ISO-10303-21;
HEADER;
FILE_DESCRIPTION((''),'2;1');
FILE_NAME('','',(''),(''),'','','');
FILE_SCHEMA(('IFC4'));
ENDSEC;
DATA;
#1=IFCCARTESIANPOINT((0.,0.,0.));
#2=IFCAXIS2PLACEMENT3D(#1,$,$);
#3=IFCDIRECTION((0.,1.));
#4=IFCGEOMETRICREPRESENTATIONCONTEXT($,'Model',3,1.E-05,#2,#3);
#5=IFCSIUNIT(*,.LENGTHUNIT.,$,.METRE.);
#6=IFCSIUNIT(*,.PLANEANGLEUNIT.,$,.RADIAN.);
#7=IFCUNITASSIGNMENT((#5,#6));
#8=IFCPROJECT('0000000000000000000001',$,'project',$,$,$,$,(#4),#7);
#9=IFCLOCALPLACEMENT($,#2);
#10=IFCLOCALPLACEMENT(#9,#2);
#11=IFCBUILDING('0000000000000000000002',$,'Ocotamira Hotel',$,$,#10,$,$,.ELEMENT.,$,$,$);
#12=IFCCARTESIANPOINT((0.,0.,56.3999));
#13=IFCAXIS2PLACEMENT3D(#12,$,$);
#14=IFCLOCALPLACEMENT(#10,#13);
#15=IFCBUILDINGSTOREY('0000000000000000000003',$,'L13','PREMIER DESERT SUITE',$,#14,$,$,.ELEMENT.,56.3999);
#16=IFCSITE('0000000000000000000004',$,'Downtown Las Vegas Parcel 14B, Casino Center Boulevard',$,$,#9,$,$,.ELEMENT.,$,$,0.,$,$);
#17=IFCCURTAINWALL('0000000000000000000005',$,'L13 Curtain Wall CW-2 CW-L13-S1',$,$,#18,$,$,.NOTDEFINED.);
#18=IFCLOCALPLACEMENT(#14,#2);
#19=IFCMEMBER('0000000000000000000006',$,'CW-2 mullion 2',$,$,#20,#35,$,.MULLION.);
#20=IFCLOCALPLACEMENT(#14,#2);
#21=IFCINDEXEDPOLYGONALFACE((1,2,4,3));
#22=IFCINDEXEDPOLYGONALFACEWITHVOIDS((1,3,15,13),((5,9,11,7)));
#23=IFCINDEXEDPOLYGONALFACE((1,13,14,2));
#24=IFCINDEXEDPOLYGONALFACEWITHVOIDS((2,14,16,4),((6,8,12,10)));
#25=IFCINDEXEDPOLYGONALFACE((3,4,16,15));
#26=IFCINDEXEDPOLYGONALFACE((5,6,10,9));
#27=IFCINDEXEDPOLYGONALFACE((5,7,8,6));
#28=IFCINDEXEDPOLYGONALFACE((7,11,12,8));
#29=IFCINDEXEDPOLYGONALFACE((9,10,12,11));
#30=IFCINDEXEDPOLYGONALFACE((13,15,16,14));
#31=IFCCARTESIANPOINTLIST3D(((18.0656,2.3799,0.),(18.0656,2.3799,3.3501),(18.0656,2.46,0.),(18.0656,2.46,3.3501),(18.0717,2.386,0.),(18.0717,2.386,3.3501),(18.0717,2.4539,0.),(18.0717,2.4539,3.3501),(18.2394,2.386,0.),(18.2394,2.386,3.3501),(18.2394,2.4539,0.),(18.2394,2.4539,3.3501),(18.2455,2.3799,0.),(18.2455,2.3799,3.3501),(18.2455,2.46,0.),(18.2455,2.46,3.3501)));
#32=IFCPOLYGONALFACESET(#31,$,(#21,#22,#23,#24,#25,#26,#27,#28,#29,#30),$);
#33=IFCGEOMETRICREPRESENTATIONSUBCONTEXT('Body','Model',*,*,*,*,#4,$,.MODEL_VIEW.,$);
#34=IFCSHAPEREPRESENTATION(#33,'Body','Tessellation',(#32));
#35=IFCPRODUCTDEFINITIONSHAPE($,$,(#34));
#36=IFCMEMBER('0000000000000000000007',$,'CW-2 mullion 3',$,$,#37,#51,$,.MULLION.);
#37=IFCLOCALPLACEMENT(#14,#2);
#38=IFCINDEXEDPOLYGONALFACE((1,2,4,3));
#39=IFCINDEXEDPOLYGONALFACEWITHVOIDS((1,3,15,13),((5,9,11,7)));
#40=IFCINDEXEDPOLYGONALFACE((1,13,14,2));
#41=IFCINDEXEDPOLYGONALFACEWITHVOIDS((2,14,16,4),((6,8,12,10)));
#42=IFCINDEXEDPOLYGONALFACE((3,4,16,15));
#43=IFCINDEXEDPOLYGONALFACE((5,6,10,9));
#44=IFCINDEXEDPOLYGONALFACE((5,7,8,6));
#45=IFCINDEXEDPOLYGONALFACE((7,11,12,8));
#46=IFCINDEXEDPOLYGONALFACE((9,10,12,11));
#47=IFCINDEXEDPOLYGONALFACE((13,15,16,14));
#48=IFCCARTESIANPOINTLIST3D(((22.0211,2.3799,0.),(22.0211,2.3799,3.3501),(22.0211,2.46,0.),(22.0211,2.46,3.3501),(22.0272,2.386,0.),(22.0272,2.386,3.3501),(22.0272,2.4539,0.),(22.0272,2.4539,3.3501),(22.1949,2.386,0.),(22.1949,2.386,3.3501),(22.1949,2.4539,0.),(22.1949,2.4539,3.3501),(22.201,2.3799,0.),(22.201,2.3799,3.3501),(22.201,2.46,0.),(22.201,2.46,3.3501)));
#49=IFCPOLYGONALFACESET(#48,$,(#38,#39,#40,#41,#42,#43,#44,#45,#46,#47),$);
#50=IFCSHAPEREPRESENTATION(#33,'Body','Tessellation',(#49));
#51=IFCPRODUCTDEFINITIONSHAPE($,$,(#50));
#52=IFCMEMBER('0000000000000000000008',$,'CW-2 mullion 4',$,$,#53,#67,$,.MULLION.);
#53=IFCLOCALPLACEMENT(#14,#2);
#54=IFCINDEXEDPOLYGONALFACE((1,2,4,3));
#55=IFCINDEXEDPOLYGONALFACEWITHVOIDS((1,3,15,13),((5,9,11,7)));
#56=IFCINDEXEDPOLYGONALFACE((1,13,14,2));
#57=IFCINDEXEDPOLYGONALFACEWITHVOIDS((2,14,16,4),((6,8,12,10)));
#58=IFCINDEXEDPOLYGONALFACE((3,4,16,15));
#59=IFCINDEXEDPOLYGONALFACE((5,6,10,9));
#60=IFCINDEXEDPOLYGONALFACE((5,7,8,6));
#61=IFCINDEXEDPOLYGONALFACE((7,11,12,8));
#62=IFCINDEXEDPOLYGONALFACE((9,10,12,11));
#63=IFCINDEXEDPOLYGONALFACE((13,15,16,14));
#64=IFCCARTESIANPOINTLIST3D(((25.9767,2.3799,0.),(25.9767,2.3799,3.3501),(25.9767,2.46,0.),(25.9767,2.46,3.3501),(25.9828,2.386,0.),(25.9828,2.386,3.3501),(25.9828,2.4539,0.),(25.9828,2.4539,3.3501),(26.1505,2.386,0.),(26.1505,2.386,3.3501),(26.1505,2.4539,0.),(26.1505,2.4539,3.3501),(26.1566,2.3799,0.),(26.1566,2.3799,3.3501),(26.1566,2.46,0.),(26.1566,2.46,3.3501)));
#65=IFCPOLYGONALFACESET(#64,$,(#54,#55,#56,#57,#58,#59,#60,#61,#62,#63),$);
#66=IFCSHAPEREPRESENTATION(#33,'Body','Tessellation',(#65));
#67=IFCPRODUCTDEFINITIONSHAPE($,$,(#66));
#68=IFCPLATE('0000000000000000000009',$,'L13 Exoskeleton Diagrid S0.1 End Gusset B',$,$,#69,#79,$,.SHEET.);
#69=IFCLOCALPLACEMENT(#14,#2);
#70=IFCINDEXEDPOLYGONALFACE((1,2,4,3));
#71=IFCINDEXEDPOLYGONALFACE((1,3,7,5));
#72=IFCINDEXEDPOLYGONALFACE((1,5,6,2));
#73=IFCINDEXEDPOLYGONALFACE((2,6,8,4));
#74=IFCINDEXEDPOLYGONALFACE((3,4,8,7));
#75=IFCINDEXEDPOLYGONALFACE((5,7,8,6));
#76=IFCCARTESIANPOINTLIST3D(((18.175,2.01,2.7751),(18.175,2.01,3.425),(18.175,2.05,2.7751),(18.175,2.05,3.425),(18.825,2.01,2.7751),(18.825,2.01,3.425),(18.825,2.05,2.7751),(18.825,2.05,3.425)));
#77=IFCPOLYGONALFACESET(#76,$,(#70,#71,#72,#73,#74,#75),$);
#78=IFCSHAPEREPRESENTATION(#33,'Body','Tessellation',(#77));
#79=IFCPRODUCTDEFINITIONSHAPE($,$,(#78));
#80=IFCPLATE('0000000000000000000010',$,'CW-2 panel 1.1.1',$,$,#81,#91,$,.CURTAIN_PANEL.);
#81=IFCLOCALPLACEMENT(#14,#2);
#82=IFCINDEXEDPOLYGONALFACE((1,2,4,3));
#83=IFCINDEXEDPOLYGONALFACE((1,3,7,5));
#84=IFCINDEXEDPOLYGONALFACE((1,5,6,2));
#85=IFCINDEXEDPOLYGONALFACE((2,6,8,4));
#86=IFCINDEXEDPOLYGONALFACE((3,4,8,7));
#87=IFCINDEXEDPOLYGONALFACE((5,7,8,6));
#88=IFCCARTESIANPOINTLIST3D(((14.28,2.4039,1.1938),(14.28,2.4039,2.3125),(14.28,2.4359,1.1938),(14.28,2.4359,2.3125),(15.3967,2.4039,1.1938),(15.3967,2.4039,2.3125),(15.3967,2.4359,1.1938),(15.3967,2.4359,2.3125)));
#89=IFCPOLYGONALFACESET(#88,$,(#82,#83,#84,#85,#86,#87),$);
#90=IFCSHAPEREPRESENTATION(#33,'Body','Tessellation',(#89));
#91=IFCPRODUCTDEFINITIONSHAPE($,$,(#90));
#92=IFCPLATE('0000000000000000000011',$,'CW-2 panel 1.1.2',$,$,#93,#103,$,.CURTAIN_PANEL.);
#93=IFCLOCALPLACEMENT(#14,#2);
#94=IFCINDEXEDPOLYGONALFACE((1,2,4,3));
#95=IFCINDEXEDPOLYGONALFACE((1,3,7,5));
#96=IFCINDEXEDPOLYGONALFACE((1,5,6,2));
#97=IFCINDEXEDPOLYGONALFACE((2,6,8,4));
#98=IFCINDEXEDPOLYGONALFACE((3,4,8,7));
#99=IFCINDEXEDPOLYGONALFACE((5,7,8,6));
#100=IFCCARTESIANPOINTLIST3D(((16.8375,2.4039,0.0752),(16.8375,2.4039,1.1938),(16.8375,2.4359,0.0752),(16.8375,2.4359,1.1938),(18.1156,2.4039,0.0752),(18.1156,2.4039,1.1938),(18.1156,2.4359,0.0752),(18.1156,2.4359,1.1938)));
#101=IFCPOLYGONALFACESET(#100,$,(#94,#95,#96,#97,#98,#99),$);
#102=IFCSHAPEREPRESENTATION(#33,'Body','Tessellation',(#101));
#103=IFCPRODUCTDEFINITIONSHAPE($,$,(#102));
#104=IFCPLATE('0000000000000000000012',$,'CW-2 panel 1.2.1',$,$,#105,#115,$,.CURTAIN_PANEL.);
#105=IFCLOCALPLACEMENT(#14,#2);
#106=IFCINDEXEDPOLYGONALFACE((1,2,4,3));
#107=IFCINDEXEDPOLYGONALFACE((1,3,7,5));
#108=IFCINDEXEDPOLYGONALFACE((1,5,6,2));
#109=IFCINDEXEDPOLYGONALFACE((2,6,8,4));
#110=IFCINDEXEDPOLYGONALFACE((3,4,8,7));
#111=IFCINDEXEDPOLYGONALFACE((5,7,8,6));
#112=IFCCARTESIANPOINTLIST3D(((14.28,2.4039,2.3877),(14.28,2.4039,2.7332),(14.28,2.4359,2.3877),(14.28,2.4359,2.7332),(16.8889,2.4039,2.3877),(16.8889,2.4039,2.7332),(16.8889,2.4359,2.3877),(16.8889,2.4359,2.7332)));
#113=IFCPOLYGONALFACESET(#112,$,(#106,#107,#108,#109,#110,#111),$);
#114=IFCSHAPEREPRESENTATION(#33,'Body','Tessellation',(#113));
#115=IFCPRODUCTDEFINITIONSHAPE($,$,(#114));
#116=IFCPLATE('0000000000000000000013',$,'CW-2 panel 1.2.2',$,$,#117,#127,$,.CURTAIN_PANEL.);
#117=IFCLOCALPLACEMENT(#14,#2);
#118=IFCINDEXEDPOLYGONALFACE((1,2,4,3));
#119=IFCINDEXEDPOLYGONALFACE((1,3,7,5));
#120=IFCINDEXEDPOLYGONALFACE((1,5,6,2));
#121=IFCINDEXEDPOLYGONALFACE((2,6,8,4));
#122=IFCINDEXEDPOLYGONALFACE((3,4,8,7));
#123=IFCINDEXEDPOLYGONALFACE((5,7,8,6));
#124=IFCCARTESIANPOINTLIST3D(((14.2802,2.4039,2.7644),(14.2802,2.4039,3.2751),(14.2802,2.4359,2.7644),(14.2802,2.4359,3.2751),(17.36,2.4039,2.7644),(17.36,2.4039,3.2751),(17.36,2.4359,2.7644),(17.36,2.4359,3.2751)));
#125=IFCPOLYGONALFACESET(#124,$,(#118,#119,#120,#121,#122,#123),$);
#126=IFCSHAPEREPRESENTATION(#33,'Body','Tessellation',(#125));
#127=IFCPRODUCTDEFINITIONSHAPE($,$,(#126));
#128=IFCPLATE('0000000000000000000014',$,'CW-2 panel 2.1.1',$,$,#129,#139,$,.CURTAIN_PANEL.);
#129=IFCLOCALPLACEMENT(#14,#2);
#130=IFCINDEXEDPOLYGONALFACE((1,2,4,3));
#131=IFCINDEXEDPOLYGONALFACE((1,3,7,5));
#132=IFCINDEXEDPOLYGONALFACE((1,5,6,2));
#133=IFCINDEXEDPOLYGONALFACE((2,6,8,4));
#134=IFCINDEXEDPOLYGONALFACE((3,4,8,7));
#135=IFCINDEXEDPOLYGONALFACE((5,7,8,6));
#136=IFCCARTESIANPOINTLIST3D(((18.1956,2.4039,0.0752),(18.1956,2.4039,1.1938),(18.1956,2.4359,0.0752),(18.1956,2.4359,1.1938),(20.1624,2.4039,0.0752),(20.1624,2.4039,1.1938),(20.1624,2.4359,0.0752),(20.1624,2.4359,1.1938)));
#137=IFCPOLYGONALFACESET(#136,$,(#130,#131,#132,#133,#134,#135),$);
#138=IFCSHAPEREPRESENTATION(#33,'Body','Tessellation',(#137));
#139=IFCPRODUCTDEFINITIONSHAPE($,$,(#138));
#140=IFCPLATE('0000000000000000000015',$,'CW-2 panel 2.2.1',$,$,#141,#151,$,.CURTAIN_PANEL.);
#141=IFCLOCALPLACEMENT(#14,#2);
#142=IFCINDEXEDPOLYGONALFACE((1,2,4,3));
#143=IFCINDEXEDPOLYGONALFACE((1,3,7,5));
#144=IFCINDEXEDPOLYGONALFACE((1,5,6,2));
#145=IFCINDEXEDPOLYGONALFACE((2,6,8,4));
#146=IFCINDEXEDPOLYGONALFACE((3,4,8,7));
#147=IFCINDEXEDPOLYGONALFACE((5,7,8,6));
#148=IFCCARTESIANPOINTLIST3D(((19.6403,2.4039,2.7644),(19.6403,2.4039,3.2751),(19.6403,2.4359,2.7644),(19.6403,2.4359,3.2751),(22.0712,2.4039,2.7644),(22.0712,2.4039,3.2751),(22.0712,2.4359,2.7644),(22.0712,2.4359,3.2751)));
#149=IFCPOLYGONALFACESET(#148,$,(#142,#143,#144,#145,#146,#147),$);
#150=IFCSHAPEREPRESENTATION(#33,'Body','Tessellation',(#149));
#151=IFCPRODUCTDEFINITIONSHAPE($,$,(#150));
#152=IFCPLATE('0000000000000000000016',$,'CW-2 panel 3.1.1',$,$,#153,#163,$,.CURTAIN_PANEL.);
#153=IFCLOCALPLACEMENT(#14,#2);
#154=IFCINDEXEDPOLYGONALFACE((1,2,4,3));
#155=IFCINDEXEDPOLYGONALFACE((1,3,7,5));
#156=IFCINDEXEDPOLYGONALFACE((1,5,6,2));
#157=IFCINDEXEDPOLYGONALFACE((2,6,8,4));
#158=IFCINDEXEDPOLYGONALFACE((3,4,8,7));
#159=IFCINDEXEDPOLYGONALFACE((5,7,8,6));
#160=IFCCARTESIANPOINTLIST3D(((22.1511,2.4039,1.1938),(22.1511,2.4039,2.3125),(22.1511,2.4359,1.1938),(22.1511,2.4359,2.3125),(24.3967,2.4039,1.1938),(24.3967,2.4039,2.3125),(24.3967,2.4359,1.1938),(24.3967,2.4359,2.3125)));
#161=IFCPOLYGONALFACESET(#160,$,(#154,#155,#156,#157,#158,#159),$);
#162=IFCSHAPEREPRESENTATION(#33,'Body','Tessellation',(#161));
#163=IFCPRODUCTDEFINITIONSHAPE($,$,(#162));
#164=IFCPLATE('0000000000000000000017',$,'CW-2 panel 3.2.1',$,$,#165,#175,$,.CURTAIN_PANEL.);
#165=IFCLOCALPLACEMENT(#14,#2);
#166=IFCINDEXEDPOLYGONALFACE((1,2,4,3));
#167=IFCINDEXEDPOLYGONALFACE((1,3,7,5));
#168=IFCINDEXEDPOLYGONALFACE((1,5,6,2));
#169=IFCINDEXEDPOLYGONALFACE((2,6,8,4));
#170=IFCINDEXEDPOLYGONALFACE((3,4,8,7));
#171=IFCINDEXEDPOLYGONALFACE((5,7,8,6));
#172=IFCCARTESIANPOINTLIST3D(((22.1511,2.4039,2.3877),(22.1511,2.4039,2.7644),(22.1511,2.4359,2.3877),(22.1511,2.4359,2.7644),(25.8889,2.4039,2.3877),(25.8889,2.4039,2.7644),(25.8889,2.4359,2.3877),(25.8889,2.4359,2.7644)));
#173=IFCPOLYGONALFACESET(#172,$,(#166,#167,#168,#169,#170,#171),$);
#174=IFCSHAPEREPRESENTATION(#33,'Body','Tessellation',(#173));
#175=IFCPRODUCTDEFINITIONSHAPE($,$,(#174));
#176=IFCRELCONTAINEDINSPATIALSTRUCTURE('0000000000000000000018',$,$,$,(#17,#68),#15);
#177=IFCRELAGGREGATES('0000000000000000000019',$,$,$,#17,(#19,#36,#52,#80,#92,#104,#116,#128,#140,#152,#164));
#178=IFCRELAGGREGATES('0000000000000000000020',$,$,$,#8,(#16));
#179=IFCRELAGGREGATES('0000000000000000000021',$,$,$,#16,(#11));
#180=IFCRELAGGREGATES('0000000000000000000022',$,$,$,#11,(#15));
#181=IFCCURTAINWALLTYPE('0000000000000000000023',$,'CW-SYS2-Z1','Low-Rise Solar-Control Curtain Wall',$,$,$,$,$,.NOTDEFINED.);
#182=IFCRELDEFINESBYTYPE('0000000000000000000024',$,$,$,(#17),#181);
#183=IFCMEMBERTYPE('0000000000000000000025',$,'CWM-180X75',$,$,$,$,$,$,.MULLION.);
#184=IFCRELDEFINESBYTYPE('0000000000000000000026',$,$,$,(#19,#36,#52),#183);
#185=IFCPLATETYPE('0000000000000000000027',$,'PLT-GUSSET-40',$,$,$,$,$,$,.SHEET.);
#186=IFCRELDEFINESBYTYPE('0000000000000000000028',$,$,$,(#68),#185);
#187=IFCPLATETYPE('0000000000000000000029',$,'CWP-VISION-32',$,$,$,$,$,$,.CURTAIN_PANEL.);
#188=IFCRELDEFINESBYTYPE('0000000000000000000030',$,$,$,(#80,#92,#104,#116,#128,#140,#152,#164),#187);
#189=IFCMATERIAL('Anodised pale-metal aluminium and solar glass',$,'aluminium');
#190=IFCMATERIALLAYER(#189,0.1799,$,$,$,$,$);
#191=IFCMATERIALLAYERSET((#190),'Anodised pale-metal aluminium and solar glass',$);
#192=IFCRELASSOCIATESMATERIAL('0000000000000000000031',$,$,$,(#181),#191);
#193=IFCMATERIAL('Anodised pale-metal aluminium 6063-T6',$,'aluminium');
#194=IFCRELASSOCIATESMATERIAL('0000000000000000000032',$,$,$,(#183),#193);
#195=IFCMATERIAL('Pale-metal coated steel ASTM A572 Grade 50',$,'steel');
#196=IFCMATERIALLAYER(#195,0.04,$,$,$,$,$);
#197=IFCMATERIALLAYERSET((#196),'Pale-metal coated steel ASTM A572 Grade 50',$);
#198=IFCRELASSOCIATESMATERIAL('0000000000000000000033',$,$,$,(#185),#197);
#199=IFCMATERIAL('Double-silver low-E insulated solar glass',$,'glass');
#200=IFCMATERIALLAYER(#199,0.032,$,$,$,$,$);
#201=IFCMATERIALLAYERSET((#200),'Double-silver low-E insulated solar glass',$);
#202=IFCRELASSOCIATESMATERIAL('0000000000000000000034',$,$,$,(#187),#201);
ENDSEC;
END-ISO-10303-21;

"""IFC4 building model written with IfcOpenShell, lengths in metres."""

from ifc_helpers import new_model, si_unit, direction, frame, origin, origin_2d, place, context, subcontext, project, spatial, rectangle, hollow_rectangle, extrude, source, transform, mapped, material, layer, layer_set, material_profile, profile_set, type_object, element, aggregate, save


model = new_model("IFC4")

# Units and contexts
model_context = context("Model", 3, precision=1e-05, world=origin(), true_north=direction((0.0, 1.0)))
body_context = subcontext(model_context, "Body", "Model", "MODEL_VIEW")
ifc_project = project(units=[si_unit("LENGTHUNIT", "METRE"), si_unit("PLANEANGLEUNIT", "RADIAN")], contexts=[model_context])

# Site, building, storey
site_placement = place(None, origin())
site = spatial("IfcSite", under=ifc_project, at=site_placement, Name="Downtown Las Vegas Parcel 14B, Casino Center Boulevard", CompositionType="ELEMENT", RefElevation=0.0)
building_placement = place(site_placement, origin())
building = spatial("IfcBuilding", under=site, at=building_placement, Name="Ocotamira Hotel", CompositionType="ELEMENT")
storey_placement = place(building_placement, frame((0.0, 0.0, 56.3999)))
storey = spatial("IfcBuildingStorey", under=building, at=storey_placement, Name="L13", Description="PREMIER DESERT SUITE", CompositionType="ELEMENT", Elevation=56.3999)

# Curtain wall, members
ifc_material_1 = material(Name="Anodised pale-metal aluminium and solar glass", Category="aluminium")
ifc_layer_1 = layer(ifc_material_1, 0.1799)
ifc_layer_set_1 = layer_set([ifc_layer_1], Name="Anodised pale-metal aluminium and solar glass")
curtain_wall_type = type_object("IfcCurtainWallType", Name="CW-SYS2-Z1", Description="Low-Rise Solar-Control Curtain Wall", PredefinedType="NOTDEFINED", material=ifc_layer_set_1)
curtain_wall_placement = place(storey_placement, origin())
curtain_wall = element("IfcCurtainWall", 1, at=curtain_wall_placement, inside=storey, type_object=curtain_wall_type, Name="L13 Curtain Wall CW-2 CW-L13-S1", PredefinedType="NOTDEFINED")
ifc_material_2 = material(Name="Anodised pale-metal aluminium 6063-T6", Category="aluminium")
ifc_material_profile_1 = material_profile(ifc_material_2, hollow_rectangle(XDim=0.0801, YDim=0.1799, WallThickness=0.0061, at=origin_2d()), Name="HSS180X80X6")
ifc_profile_set_1 = profile_set([ifc_material_profile_1], Name="Anodised pale-metal aluminium 6063-T6")
member_type_1 = type_object("IfcMemberType", Name="CWM-180X75", PredefinedType="MULLION", material=ifc_profile_set_1)
shared_shape_1 = source(origin(), body_context, "Body", "SweptSolid", [
    extrude(hollow_rectangle(XDim=0.0801, YDim=0.1799, WallThickness=0.0061, at=origin_2d()), origin(), (0.0, 0.0, 1.0), 3.3501),
])
member_1_placement = place(storey_placement, frame((18.1555, 2.4199, 0.0), z_axis=(0.0, 0.0, 1.0), x_axis=(0.0, 1.0, 0.0)))
member_1 = element("IfcMember", 2, at=member_1_placement, type_object=member_type_1, Name="CW-2 mullion 2", PredefinedType="MULLION", context=body_context, shape_type="MappedRepresentation", body=[
    mapped(shared_shape_1, transform((0.0, 0.0, 0.0), scale=1.0)),
])
member_2_placement = place(storey_placement, frame((22.1111, 2.4199, 0.0), z_axis=(0.0, 0.0, 1.0), x_axis=(0.0, 1.0, 0.0)))
member_2 = element("IfcMember", 3, at=member_2_placement, type_object=member_type_1, Name="CW-2 mullion 3", PredefinedType="MULLION", context=body_context, shape_type="MappedRepresentation", body=[
    mapped(shared_shape_1, transform((0.0, 0.0, 0.0), scale=1.0)),
])
member_3_placement = place(storey_placement, frame((26.0667, 2.4199, 0.0), z_axis=(0.0, 0.0, 1.0), x_axis=(0.0, 1.0, 0.0)))
member_3 = element("IfcMember", 4, at=member_3_placement, type_object=member_type_1, Name="CW-2 mullion 4", PredefinedType="MULLION", context=body_context, shape_type="MappedRepresentation", body=[
    mapped(shared_shape_1, transform((0.0, 0.0, 0.0), scale=1.0)),
])

# Plates
ifc_material_3 = material(Name="Pale-metal coated steel ASTM A572 Grade 50", Category="steel")
ifc_layer_2 = layer(ifc_material_3, 0.04)
ifc_layer_set_2 = layer_set([ifc_layer_2], Name="Pale-metal coated steel ASTM A572 Grade 50")
plate_type_1 = type_object("IfcPlateType", Name="PLT-GUSSET-40", PredefinedType="SHEET", material=ifc_layer_set_2)
shared_shape_2 = source(origin(), body_context, "Body", "SweptSolid", [
    extrude(rectangle(XDim=0.6499, YDim=0.04, at=origin_2d()), origin(), (0.0, 0.0, 1.0), 0.6499),
])
plate_1_placement = place(storey_placement, frame((18.5, 2.03, 2.7751), z_axis=(0.0, 0.0, 1.0), x_axis=(1.0, 0.0, 0.0)))
element("IfcPlate", 5, at=plate_1_placement, inside=storey, type_object=plate_type_1, Name="L13 Exoskeleton Diagrid S0.1 End Gusset B", PredefinedType="SHEET", context=body_context, shape_type="MappedRepresentation", body=[
    mapped(shared_shape_2, transform((0.0, 0.0, 0.0), scale=1.0)),
])
ifc_material_4 = material(Name="Double-silver low-E insulated solar glass", Category="glass")
ifc_layer_3 = layer(ifc_material_4, 0.032)
ifc_layer_set_3 = layer_set([ifc_layer_3], Name="Double-silver low-E insulated solar glass")
plate_type_2 = type_object("IfcPlateType", Name="CWP-VISION-32", PredefinedType="CURTAIN_PANEL", material=ifc_layer_set_3)
shared_shape_3 = source(origin(), body_context, "Body", "SweptSolid", [
    extrude(rectangle(XDim=1.1167, YDim=0.032, at=origin_2d()), origin(), (0.0, 0.0, 1.0), 1.1187),
])
plate_2_placement = place(storey_placement, frame((14.8384, 2.4199, 1.1938), z_axis=(0.0, 0.0, 1.0), x_axis=(1.0, 0.0, 0.0)))
plate_2 = element("IfcPlate", 6, at=plate_2_placement, type_object=plate_type_2, Name="CW-2 panel 1.1.1", PredefinedType="CURTAIN_PANEL", context=body_context, shape_type="MappedRepresentation", body=[
    mapped(shared_shape_3, transform((0.0, 0.0, 0.0), scale=1.0)),
])
shared_shape_4 = source(origin(), body_context, "Body", "SweptSolid", [
    extrude(rectangle(XDim=1.2781, YDim=0.032, at=origin_2d()), origin(), (0.0, 0.0, 1.0), 1.1187),
])
plate_3_placement = place(storey_placement, frame((17.4766, 2.4199, 0.0752), z_axis=(0.0, 0.0, 1.0), x_axis=(1.0, 0.0, 0.0)))
plate_3 = element("IfcPlate", 7, at=plate_3_placement, type_object=plate_type_2, Name="CW-2 panel 1.1.2", PredefinedType="CURTAIN_PANEL", context=body_context, shape_type="MappedRepresentation", body=[
    mapped(shared_shape_4, transform((0.0, 0.0, 0.0), scale=1.0)),
])
shared_shape_5 = source(origin(), body_context, "Body", "SweptSolid", [
    extrude(rectangle(XDim=2.6089, YDim=0.032, at=origin_2d()), origin(), (0.0, 0.0, 1.0), 0.3455),
])
plate_4_placement = place(storey_placement, frame((15.5845, 2.4199, 2.3877), z_axis=(0.0, 0.0, 1.0), x_axis=(1.0, 0.0, 0.0)))
plate_4 = element("IfcPlate", 8, at=plate_4_placement, type_object=plate_type_2, Name="CW-2 panel 1.2.1", PredefinedType="CURTAIN_PANEL", context=body_context, shape_type="MappedRepresentation", body=[
    mapped(shared_shape_5, transform((0.0, 0.0, 0.0), scale=1.0)),
])
shared_shape_6 = source(origin(), body_context, "Body", "SweptSolid", [
    extrude(rectangle(XDim=3.0798, YDim=0.032, at=origin_2d()), origin(), (0.0, 0.0, 1.0), 0.5107),
])
plate_5_placement = place(storey_placement, frame((15.8201, 2.4199, 2.7644), z_axis=(0.0, 0.0, 1.0), x_axis=(1.0, 0.0, 0.0)))
plate_5 = element("IfcPlate", 9, at=plate_5_placement, type_object=plate_type_2, Name="CW-2 panel 1.2.2", PredefinedType="CURTAIN_PANEL", context=body_context, shape_type="MappedRepresentation", body=[
    mapped(shared_shape_6, transform((0.0, 0.0, 0.0), scale=1.0)),
])
shared_shape_7 = source(origin(), body_context, "Body", "SweptSolid", [
    extrude(rectangle(XDim=1.9668, YDim=0.032, at=origin_2d()), origin(), (0.0, 0.0, 1.0), 1.1187),
])
plate_6_placement = place(storey_placement, frame((19.179, 2.4199, 0.0752), z_axis=(0.0, 0.0, 1.0), x_axis=(1.0, 0.0, 0.0)))
plate_6 = element("IfcPlate", 10, at=plate_6_placement, type_object=plate_type_2, Name="CW-2 panel 2.1.1", PredefinedType="CURTAIN_PANEL", context=body_context, shape_type="MappedRepresentation", body=[
    mapped(shared_shape_7, transform((0.0, 0.0, 0.0), scale=1.0)),
])
shared_shape_8 = source(origin(), body_context, "Body", "SweptSolid", [
    extrude(rectangle(XDim=2.4309, YDim=0.032, at=origin_2d()), origin(), (0.0, 0.0, 1.0), 0.5107),
])
plate_7_placement = place(storey_placement, frame((20.8557, 2.4199, 2.7644), z_axis=(0.0, 0.0, 1.0), x_axis=(1.0, 0.0, 0.0)))
plate_7 = element("IfcPlate", 11, at=plate_7_placement, type_object=plate_type_2, Name="CW-2 panel 2.2.1", PredefinedType="CURTAIN_PANEL", context=body_context, shape_type="MappedRepresentation", body=[
    mapped(shared_shape_8, transform((0.0, 0.0, 0.0), scale=1.0)),
])
shared_shape_9 = source(origin(), body_context, "Body", "SweptSolid", [
    extrude(rectangle(XDim=2.2456, YDim=0.032, at=origin_2d()), origin(), (0.0, 0.0, 1.0), 1.1187),
])
plate_8_placement = place(storey_placement, frame((23.2739, 2.4199, 1.1938), z_axis=(0.0, 0.0, 1.0), x_axis=(1.0, 0.0, 0.0)))
plate_8 = element("IfcPlate", 12, at=plate_8_placement, type_object=plate_type_2, Name="CW-2 panel 3.1.1", PredefinedType="CURTAIN_PANEL", context=body_context, shape_type="MappedRepresentation", body=[
    mapped(shared_shape_9, transform((0.0, 0.0, 0.0), scale=1.0)),
])
shared_shape_10 = source(origin(), body_context, "Body", "SweptSolid", [
    extrude(rectangle(XDim=3.7378, YDim=0.032, at=origin_2d()), origin(), (0.0, 0.0, 1.0), 0.3767),
])
plate_9_placement = place(storey_placement, frame((24.02, 2.4199, 2.3877), z_axis=(0.0, 0.0, 1.0), x_axis=(1.0, 0.0, 0.0)))
plate_9 = element("IfcPlate", 13, at=plate_9_placement, type_object=plate_type_2, Name="CW-2 panel 3.2.1", PredefinedType="CURTAIN_PANEL", context=body_context, shape_type="MappedRepresentation", body=[
    mapped(shared_shape_10, transform((0.0, 0.0, 0.0), scale=1.0)),
])
aggregate(curtain_wall, [member_1, member_2, member_3, plate_2, plate_3, plate_4, plate_5, plate_6, plate_7, plate_8, plate_9])

save(model, "model.ifc")
